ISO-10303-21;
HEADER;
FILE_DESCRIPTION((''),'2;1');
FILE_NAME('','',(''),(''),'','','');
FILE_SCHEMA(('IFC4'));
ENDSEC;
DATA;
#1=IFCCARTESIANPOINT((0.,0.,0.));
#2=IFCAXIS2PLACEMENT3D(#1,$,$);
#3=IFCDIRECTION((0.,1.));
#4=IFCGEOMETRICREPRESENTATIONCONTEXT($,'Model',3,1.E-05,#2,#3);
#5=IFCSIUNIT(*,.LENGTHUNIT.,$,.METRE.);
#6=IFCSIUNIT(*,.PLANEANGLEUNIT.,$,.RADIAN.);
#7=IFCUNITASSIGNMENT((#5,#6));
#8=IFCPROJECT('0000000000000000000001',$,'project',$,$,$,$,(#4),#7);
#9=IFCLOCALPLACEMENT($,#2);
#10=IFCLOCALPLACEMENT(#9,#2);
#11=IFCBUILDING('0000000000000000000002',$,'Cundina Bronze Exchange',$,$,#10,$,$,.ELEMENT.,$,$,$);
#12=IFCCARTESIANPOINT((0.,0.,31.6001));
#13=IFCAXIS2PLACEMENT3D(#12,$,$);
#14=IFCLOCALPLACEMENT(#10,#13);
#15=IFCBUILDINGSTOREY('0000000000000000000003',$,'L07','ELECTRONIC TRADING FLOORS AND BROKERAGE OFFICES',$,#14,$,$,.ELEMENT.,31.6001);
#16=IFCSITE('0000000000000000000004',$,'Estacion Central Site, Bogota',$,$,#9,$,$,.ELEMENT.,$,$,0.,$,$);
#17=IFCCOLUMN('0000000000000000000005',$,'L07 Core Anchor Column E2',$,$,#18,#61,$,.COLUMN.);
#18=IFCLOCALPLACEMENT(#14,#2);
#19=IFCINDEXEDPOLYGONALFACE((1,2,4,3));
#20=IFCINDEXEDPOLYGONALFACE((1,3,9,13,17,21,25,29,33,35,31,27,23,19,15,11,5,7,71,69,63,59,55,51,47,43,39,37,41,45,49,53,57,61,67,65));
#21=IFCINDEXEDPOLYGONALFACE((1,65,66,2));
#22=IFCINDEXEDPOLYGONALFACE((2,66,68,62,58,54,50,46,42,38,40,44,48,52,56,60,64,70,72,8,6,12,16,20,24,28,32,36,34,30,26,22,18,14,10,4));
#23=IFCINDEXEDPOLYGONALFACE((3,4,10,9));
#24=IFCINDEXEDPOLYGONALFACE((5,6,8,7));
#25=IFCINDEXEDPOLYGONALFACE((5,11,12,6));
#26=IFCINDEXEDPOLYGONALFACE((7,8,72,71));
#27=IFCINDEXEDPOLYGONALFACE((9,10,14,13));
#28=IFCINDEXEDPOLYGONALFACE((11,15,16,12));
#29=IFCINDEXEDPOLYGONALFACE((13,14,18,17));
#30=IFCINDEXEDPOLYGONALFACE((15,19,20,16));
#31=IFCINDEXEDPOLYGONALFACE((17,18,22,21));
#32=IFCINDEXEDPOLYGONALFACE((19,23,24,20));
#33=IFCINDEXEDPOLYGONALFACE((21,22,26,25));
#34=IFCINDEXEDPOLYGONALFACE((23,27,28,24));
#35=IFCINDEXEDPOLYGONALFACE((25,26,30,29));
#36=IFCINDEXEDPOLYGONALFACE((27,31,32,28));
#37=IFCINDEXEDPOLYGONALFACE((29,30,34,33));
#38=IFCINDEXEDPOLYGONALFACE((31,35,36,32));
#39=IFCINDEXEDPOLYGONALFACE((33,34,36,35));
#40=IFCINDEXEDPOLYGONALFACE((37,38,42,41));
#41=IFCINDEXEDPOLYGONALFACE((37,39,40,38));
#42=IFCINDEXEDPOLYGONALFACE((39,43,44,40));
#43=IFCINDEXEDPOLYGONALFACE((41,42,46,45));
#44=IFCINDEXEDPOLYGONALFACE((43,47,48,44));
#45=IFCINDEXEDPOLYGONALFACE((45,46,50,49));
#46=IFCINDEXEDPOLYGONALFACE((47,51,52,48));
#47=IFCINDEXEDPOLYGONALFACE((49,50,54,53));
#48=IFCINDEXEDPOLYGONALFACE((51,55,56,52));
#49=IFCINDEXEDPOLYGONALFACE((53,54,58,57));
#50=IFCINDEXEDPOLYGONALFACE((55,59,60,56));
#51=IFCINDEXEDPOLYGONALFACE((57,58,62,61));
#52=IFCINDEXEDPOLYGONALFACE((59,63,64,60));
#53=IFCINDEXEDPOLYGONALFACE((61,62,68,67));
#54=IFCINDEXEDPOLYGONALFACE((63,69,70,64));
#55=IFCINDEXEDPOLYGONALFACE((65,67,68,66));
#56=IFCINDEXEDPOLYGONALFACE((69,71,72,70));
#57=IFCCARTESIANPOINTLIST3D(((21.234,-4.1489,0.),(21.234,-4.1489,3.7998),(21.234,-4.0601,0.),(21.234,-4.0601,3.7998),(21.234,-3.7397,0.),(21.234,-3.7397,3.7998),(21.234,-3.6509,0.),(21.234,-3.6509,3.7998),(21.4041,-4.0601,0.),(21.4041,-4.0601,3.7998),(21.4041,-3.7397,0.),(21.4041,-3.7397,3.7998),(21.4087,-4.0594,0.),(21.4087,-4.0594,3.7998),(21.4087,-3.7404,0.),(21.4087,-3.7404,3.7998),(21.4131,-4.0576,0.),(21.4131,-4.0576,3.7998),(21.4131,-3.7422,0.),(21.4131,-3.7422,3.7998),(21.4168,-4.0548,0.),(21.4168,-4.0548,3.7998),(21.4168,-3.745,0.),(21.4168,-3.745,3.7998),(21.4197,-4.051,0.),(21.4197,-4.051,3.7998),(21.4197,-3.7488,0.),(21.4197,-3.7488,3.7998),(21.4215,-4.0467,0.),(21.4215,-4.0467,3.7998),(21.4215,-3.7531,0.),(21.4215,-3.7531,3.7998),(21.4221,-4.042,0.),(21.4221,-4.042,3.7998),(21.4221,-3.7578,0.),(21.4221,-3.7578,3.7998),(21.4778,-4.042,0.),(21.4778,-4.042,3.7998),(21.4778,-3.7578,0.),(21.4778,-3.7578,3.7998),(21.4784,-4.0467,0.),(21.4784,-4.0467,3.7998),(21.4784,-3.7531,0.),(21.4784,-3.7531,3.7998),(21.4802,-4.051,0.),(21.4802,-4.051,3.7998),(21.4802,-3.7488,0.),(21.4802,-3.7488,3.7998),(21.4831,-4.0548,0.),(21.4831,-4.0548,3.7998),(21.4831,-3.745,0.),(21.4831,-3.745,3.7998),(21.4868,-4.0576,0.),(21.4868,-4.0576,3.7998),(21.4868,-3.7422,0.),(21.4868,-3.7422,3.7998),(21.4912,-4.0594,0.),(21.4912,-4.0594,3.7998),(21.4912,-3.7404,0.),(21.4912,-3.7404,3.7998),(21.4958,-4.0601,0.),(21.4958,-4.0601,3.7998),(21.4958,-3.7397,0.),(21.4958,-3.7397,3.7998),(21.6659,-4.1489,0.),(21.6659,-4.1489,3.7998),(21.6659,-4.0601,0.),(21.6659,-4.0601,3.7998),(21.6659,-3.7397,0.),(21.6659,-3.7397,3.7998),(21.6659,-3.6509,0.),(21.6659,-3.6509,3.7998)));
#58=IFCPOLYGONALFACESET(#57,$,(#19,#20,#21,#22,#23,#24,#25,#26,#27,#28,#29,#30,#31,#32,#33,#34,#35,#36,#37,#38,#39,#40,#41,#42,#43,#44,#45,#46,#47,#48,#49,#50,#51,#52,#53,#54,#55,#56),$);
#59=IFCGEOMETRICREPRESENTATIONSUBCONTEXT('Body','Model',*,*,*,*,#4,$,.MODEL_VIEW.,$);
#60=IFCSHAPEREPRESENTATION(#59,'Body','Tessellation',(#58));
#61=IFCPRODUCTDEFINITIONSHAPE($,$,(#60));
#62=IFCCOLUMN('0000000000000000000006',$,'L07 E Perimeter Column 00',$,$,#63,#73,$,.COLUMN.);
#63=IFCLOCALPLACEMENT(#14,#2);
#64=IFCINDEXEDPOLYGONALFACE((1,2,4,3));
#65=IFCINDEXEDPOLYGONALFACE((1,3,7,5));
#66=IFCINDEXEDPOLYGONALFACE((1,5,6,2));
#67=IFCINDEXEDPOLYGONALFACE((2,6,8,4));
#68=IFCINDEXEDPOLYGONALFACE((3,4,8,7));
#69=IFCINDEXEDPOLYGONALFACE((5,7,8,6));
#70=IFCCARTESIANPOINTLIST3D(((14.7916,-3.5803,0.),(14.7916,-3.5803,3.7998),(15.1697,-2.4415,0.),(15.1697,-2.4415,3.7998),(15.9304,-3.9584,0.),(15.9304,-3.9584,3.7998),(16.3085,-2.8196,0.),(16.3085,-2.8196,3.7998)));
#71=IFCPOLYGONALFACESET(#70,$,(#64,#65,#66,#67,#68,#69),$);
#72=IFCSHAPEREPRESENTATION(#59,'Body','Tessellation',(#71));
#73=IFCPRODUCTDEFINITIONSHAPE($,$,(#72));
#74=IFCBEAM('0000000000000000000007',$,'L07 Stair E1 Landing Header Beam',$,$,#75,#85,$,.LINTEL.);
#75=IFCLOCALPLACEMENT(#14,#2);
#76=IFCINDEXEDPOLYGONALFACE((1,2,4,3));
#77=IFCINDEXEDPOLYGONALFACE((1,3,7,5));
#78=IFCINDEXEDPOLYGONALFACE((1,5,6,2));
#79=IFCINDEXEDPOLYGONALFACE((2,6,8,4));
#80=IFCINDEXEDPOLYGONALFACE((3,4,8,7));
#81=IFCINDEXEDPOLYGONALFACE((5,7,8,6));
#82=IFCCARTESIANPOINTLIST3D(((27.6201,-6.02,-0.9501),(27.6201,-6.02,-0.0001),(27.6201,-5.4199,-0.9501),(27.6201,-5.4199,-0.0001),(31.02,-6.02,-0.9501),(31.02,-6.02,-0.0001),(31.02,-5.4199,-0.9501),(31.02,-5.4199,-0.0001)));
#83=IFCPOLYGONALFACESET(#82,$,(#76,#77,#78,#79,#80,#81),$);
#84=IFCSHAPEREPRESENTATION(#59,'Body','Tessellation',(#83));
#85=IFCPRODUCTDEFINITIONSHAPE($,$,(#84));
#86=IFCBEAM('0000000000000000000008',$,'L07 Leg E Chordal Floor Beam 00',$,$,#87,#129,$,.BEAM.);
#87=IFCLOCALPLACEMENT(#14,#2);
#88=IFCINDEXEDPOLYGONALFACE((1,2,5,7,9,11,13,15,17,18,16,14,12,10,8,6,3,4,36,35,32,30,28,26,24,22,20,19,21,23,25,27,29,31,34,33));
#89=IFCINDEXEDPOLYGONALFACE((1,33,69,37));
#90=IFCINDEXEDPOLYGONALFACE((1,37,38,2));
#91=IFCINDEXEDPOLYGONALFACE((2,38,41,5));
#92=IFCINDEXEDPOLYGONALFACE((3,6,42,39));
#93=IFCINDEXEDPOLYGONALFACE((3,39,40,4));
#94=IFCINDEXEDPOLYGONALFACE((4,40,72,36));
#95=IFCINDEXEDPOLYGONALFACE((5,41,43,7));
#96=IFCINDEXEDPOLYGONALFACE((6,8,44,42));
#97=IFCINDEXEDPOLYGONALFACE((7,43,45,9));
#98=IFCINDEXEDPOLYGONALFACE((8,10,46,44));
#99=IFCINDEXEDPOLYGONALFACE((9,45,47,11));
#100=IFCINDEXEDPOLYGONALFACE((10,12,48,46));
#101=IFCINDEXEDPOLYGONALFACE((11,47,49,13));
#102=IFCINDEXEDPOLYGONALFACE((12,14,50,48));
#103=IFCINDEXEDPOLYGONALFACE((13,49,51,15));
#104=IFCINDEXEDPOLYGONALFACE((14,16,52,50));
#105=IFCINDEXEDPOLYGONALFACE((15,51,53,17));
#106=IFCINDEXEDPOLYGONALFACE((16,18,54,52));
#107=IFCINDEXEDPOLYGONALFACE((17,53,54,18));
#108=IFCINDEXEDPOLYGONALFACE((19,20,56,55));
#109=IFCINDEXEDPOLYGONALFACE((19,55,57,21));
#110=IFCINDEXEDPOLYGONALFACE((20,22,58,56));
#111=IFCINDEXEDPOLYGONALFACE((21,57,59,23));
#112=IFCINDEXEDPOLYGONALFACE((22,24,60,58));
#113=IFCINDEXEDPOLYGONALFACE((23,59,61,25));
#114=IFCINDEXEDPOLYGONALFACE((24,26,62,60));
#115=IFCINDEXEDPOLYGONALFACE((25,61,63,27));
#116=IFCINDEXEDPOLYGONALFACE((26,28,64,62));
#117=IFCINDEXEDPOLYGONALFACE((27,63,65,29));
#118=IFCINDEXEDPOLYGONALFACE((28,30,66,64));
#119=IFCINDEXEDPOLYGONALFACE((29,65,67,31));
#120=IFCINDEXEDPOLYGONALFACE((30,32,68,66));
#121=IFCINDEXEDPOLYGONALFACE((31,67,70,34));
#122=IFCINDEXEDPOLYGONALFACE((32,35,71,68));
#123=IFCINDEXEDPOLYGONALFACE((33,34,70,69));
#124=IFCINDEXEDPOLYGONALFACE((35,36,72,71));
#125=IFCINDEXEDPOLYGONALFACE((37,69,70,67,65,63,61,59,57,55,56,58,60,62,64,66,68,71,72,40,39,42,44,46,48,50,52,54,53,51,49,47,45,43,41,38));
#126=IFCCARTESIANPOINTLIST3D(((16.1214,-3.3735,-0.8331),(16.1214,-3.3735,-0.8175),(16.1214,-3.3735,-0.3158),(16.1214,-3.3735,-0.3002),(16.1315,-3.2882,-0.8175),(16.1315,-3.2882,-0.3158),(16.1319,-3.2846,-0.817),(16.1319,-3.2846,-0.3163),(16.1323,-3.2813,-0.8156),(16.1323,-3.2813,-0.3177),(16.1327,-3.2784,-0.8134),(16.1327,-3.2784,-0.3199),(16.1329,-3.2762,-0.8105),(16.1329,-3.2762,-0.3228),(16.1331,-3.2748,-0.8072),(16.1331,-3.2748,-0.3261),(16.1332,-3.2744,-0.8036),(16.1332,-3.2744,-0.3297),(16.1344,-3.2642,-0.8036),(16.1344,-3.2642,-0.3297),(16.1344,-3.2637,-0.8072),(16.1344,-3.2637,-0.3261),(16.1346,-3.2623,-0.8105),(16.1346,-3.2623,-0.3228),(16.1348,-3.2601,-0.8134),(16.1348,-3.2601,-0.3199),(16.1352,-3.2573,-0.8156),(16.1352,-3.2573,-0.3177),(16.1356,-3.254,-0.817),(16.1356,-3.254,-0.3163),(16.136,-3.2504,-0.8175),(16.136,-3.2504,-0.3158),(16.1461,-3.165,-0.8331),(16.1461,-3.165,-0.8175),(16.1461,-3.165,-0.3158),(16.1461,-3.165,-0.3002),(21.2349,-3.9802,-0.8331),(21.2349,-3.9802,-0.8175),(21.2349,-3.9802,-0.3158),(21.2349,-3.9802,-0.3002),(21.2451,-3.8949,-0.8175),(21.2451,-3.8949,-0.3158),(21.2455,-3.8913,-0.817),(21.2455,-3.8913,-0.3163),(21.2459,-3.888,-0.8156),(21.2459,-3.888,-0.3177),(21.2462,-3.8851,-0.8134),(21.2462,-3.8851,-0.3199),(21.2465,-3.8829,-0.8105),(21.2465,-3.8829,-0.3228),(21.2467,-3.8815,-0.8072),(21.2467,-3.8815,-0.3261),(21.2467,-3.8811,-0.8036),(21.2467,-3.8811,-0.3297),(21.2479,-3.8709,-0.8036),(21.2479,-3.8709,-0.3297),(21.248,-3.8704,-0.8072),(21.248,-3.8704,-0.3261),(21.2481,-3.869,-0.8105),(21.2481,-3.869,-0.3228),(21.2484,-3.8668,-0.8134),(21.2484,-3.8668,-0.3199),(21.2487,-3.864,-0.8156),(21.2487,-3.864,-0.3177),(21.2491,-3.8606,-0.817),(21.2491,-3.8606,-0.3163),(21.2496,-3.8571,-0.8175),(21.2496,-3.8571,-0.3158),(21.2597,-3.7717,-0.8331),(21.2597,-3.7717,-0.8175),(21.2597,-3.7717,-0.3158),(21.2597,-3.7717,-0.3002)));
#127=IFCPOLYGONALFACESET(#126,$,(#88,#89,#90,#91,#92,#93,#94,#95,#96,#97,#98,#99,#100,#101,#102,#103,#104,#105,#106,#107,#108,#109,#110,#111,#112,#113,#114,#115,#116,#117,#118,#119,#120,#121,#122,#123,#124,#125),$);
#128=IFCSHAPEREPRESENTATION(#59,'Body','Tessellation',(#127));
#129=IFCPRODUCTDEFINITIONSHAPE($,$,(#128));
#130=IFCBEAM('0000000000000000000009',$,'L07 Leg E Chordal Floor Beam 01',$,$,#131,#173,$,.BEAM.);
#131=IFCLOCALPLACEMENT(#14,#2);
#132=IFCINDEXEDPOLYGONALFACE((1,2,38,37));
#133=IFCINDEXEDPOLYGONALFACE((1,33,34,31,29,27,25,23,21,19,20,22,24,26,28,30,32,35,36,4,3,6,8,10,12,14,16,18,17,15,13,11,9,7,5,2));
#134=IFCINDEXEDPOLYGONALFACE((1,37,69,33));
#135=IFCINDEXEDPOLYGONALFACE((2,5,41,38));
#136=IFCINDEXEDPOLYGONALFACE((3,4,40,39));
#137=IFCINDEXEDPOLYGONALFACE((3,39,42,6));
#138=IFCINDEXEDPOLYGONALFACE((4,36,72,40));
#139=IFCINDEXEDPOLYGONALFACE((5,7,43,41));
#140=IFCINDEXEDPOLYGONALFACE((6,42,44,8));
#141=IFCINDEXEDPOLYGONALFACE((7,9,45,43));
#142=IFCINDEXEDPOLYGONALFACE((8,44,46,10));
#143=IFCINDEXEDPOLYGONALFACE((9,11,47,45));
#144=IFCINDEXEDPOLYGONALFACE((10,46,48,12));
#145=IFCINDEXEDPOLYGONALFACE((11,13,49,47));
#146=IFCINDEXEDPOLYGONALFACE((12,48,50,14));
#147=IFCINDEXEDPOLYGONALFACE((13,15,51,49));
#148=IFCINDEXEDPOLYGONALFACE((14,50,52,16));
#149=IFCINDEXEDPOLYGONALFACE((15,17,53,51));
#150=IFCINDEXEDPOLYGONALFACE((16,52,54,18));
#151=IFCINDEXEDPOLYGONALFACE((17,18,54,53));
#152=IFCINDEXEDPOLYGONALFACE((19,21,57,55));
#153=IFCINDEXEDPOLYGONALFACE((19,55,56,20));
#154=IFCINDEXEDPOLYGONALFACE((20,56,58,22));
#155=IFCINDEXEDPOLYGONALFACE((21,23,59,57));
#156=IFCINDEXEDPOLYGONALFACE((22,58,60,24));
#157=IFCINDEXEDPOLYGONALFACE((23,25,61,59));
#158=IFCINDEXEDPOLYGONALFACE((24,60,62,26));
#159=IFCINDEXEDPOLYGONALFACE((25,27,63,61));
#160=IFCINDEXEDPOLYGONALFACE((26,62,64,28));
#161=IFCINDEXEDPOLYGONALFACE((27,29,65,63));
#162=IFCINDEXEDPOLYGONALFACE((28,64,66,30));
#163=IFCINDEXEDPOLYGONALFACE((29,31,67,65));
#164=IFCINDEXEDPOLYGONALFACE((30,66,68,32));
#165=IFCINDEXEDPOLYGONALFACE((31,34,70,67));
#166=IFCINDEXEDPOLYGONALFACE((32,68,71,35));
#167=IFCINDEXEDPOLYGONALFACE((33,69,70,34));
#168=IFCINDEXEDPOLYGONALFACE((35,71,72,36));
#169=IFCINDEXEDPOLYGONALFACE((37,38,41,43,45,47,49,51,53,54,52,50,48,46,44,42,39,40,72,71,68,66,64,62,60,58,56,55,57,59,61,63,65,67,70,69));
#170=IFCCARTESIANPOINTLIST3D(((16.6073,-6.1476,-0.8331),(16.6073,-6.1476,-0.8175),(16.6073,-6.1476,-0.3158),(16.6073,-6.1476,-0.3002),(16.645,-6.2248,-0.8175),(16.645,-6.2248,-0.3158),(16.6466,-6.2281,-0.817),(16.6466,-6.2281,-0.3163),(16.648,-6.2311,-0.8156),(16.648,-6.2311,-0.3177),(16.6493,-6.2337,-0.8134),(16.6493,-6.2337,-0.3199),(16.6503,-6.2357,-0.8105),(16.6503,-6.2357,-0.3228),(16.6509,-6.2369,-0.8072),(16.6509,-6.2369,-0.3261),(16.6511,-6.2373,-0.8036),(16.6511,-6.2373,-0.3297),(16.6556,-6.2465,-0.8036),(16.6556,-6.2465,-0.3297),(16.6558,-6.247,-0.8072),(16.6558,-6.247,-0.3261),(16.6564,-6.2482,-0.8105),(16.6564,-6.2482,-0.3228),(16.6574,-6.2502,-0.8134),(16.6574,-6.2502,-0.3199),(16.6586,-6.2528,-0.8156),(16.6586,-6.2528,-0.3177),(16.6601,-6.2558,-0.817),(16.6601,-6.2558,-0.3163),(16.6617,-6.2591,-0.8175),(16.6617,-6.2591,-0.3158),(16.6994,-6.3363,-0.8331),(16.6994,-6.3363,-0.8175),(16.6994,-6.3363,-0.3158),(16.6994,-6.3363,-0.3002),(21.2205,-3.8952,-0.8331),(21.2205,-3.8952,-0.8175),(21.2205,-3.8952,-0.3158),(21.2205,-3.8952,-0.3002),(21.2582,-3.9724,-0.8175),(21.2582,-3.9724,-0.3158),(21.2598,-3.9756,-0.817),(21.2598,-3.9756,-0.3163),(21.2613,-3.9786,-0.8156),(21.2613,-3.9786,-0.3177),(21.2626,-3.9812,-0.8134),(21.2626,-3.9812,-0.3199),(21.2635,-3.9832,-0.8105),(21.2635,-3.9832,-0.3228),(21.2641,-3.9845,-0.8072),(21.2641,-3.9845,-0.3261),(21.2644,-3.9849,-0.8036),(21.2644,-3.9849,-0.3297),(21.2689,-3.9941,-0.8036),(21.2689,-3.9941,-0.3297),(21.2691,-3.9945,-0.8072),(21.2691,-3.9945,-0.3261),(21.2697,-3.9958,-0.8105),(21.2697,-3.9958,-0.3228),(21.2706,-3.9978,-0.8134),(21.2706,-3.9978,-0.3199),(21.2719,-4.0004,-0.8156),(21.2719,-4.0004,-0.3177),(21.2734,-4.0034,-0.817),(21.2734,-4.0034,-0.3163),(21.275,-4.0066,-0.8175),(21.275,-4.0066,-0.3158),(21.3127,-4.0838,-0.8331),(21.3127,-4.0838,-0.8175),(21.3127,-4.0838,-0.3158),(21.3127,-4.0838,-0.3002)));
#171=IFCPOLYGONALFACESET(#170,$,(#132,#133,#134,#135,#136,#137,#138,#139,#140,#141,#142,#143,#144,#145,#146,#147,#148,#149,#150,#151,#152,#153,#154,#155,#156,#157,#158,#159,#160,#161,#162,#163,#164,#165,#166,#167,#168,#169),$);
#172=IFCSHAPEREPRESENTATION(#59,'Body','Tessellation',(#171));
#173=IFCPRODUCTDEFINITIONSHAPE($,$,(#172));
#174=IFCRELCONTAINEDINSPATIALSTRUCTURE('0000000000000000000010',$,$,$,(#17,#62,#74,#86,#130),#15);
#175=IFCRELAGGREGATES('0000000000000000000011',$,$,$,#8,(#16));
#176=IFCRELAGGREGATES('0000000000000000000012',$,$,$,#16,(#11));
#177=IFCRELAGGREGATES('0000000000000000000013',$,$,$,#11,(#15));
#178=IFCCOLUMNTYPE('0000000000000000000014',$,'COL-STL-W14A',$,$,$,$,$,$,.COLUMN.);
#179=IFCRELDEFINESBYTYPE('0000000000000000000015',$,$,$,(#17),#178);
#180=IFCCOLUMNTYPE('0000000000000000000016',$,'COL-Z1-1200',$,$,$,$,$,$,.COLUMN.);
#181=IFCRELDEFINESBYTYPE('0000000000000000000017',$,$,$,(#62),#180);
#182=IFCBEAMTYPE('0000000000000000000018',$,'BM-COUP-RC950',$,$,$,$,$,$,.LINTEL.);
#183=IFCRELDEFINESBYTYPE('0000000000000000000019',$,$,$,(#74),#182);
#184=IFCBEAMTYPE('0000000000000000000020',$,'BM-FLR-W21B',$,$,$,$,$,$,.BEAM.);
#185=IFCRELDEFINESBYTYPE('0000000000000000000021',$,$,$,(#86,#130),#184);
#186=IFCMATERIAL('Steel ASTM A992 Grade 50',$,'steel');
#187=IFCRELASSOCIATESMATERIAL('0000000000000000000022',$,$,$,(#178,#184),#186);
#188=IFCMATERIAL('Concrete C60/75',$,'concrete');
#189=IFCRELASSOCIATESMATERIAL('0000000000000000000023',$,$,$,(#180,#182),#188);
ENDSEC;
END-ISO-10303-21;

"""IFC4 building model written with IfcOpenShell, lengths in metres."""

from ifc_helpers import new_model, si_unit, direction, frame, origin, origin_2d, place, context, subcontext, project, spatial, rectangle, i_section, extrude, material, material_profile, profile_set, type_object, element, save


model = new_model("IFC4")

# Units and contexts
model_context = context("Model", 3, precision=1e-05, world=origin(), true_north=direction((0.0, 1.0)))
body_context = subcontext(model_context, "Body", "Model", "MODEL_VIEW")
ifc_project = project(units=[si_unit("LENGTHUNIT", "METRE"), si_unit("PLANEANGLEUNIT", "RADIAN")], contexts=[model_context])

# Site, building, storey
site_placement = place(None, origin())
site = spatial("IfcSite", under=ifc_project, at=site_placement, Name="Estacion Central Site, Bogota", CompositionType="ELEMENT", RefElevation=0.0)
building_placement = place(site_placement, origin())
building = spatial("IfcBuilding", under=site, at=building_placement, Name="Cundina Bronze Exchange", CompositionType="ELEMENT")
storey_placement = place(building_placement, frame((0.0, 0.0, 31.6001)))
storey = spatial("IfcBuildingStorey", under=building, at=storey_placement, Name="L07", Description="ELECTRONIC TRADING FLOORS AND BROKERAGE OFFICES", CompositionType="ELEMENT", Elevation=31.6001)

# Columns
ifc_material_1 = material(Name="Steel ASTM A992 Grade 50", Category="steel")
ifc_material_profile_1 = material_profile(ifc_material_1, i_section(OverallWidth=0.4319, OverallDepth=0.498, WebThickness=0.0557, FlangeThickness=0.0889, FilletRadius=0.0181, at=origin_2d()), Name="W14X500", Category="steel")
ifc_profile_set_1 = profile_set([ifc_material_profile_1], Name="Steel ASTM A992 Grade 50")
column_type_1 = type_object("IfcColumnType", Name="COL-STL-W14A", PredefinedType="COLUMN", material=ifc_profile_set_1)
column_1_placement = place(storey_placement, frame((21.45, -3.8999, 0.0), z_axis=(0.0, 0.0, 1.0), x_axis=(1.0, 0.0, 0.0)))
element("IfcColumn", 1, at=column_1_placement, inside=storey, type_object=column_type_1, Name="L07 Core Anchor Column E2", PredefinedType="COLUMN", context=body_context, shape_type="SweptSolid", body=[
    extrude(i_section(OverallWidth=0.4319, OverallDepth=0.498, WebThickness=0.0557, FlangeThickness=0.0889, FilletRadius=0.0181, at=origin_2d()), origin(), (0.0, 0.0, 1.0), 3.7998),
])
ifc_material_2 = material(Name="Concrete C60/75", Category="concrete")
ifc_material_profile_2 = material_profile(ifc_material_2, rectangle(XDim=1.2, YDim=1.2, at=origin_2d()), Name="RC1200X1200", Category="concrete")
ifc_profile_set_2 = profile_set([ifc_material_profile_2], Name="Concrete C60/75")
column_type_2 = type_object("IfcColumnType", Name="COL-Z1-1200", PredefinedType="COLUMN", material=ifc_profile_set_2)
column_2_placement = place(storey_placement, frame((15.55, -3.2, 0.0), z_axis=(0.0, 0.0, 1.0), x_axis=(-0.315152, -0.949041, 0.0)))
element("IfcColumn", 2, at=column_2_placement, inside=storey, type_object=column_type_2, Name="L07 E Perimeter Column 00", PredefinedType="COLUMN", context=body_context, shape_type="SweptSolid", body=[
    extrude(rectangle(XDim=1.2, YDim=1.2, at=origin_2d()), origin(), (0.0, 0.0, 1.0), 3.7998),
])

# Beams
ifc_material_profile_3 = material_profile(ifc_material_2, rectangle(XDim=0.6001, YDim=0.95, at=origin_2d()), Name="RC600X950", Category="concrete")
ifc_profile_set_3 = profile_set([ifc_material_profile_3], Name="Concrete C60/75")
beam_type_1 = type_object("IfcBeamType", Name="BM-COUP-RC950", PredefinedType="LINTEL", material=ifc_profile_set_3)
beam_1_placement = place(storey_placement, frame((27.6201, -5.72, -0.4751), z_axis=(1.0, 0.0, 0.0), x_axis=(0.0, 1.0, 0.0)))
element("IfcBeam", 3, at=beam_1_placement, inside=storey, type_object=beam_type_1, Name="L07 Stair E1 Landing Header Beam", PredefinedType="LINTEL", context=body_context, shape_type="SweptSolid", body=[
    extrude(rectangle(XDim=0.6001, YDim=0.95, at=origin_2d()), origin(), (0.0, 0.0, 1.0), 3.3999),
])
ifc_material_profile_4 = material_profile(ifc_material_1, i_section(OverallWidth=0.21, OverallDepth=0.533, WebThickness=0.0103, FlangeThickness=0.0156, FilletRadius=0.0139, at=origin_2d()), Name="W21X62", Category="steel")
ifc_profile_set_4 = profile_set([ifc_material_profile_4], Name="Steel ASTM A992 Grade 50")
beam_type_2 = type_object("IfcBeamType", Name="BM-FLR-W21B", PredefinedType="BEAM", material=ifc_profile_set_4)
beam_2_placement = place(storey_placement, frame((21.2473, -3.876, -0.5667), z_axis=(-0.993035, 0.117818, 0.0), x_axis=(-0.117818, -0.993035, 0.0)))
element("IfcBeam", 4, at=beam_2_placement, inside=storey, type_object=beam_type_2, Name="L07 Leg E Chordal Floor Beam 00", PredefinedType="BEAM", context=body_context, shape_type="SweptSolid", body=[
    extrude(i_section(OverallWidth=0.21, OverallDepth=0.533, WebThickness=0.0103, FlangeThickness=0.0156, FilletRadius=0.0139, at=origin_2d()), origin(), (0.0, 0.0, 1.0), 5.1494),
])
beam_3_placement = place(storey_placement, frame((21.2666, -3.9895, -0.5667), z_axis=(-0.89861, -0.438748, 0.0), x_axis=(0.438748, -0.89861, 0.0)))
element("IfcBeam", 5, at=beam_3_placement, inside=storey, type_object=beam_type_2, Name="L07 Leg E Chordal Floor Beam 01", PredefinedType="BEAM", context=body_context, shape_type="SweptSolid", body=[
    extrude(i_section(OverallWidth=0.21, OverallDepth=0.533, WebThickness=0.0103, FlangeThickness=0.0156, FilletRadius=0.0139, at=origin_2d()), origin(), (0.0, 0.0, 1.0), 5.1338),
])

save(model, "model.ifc")
